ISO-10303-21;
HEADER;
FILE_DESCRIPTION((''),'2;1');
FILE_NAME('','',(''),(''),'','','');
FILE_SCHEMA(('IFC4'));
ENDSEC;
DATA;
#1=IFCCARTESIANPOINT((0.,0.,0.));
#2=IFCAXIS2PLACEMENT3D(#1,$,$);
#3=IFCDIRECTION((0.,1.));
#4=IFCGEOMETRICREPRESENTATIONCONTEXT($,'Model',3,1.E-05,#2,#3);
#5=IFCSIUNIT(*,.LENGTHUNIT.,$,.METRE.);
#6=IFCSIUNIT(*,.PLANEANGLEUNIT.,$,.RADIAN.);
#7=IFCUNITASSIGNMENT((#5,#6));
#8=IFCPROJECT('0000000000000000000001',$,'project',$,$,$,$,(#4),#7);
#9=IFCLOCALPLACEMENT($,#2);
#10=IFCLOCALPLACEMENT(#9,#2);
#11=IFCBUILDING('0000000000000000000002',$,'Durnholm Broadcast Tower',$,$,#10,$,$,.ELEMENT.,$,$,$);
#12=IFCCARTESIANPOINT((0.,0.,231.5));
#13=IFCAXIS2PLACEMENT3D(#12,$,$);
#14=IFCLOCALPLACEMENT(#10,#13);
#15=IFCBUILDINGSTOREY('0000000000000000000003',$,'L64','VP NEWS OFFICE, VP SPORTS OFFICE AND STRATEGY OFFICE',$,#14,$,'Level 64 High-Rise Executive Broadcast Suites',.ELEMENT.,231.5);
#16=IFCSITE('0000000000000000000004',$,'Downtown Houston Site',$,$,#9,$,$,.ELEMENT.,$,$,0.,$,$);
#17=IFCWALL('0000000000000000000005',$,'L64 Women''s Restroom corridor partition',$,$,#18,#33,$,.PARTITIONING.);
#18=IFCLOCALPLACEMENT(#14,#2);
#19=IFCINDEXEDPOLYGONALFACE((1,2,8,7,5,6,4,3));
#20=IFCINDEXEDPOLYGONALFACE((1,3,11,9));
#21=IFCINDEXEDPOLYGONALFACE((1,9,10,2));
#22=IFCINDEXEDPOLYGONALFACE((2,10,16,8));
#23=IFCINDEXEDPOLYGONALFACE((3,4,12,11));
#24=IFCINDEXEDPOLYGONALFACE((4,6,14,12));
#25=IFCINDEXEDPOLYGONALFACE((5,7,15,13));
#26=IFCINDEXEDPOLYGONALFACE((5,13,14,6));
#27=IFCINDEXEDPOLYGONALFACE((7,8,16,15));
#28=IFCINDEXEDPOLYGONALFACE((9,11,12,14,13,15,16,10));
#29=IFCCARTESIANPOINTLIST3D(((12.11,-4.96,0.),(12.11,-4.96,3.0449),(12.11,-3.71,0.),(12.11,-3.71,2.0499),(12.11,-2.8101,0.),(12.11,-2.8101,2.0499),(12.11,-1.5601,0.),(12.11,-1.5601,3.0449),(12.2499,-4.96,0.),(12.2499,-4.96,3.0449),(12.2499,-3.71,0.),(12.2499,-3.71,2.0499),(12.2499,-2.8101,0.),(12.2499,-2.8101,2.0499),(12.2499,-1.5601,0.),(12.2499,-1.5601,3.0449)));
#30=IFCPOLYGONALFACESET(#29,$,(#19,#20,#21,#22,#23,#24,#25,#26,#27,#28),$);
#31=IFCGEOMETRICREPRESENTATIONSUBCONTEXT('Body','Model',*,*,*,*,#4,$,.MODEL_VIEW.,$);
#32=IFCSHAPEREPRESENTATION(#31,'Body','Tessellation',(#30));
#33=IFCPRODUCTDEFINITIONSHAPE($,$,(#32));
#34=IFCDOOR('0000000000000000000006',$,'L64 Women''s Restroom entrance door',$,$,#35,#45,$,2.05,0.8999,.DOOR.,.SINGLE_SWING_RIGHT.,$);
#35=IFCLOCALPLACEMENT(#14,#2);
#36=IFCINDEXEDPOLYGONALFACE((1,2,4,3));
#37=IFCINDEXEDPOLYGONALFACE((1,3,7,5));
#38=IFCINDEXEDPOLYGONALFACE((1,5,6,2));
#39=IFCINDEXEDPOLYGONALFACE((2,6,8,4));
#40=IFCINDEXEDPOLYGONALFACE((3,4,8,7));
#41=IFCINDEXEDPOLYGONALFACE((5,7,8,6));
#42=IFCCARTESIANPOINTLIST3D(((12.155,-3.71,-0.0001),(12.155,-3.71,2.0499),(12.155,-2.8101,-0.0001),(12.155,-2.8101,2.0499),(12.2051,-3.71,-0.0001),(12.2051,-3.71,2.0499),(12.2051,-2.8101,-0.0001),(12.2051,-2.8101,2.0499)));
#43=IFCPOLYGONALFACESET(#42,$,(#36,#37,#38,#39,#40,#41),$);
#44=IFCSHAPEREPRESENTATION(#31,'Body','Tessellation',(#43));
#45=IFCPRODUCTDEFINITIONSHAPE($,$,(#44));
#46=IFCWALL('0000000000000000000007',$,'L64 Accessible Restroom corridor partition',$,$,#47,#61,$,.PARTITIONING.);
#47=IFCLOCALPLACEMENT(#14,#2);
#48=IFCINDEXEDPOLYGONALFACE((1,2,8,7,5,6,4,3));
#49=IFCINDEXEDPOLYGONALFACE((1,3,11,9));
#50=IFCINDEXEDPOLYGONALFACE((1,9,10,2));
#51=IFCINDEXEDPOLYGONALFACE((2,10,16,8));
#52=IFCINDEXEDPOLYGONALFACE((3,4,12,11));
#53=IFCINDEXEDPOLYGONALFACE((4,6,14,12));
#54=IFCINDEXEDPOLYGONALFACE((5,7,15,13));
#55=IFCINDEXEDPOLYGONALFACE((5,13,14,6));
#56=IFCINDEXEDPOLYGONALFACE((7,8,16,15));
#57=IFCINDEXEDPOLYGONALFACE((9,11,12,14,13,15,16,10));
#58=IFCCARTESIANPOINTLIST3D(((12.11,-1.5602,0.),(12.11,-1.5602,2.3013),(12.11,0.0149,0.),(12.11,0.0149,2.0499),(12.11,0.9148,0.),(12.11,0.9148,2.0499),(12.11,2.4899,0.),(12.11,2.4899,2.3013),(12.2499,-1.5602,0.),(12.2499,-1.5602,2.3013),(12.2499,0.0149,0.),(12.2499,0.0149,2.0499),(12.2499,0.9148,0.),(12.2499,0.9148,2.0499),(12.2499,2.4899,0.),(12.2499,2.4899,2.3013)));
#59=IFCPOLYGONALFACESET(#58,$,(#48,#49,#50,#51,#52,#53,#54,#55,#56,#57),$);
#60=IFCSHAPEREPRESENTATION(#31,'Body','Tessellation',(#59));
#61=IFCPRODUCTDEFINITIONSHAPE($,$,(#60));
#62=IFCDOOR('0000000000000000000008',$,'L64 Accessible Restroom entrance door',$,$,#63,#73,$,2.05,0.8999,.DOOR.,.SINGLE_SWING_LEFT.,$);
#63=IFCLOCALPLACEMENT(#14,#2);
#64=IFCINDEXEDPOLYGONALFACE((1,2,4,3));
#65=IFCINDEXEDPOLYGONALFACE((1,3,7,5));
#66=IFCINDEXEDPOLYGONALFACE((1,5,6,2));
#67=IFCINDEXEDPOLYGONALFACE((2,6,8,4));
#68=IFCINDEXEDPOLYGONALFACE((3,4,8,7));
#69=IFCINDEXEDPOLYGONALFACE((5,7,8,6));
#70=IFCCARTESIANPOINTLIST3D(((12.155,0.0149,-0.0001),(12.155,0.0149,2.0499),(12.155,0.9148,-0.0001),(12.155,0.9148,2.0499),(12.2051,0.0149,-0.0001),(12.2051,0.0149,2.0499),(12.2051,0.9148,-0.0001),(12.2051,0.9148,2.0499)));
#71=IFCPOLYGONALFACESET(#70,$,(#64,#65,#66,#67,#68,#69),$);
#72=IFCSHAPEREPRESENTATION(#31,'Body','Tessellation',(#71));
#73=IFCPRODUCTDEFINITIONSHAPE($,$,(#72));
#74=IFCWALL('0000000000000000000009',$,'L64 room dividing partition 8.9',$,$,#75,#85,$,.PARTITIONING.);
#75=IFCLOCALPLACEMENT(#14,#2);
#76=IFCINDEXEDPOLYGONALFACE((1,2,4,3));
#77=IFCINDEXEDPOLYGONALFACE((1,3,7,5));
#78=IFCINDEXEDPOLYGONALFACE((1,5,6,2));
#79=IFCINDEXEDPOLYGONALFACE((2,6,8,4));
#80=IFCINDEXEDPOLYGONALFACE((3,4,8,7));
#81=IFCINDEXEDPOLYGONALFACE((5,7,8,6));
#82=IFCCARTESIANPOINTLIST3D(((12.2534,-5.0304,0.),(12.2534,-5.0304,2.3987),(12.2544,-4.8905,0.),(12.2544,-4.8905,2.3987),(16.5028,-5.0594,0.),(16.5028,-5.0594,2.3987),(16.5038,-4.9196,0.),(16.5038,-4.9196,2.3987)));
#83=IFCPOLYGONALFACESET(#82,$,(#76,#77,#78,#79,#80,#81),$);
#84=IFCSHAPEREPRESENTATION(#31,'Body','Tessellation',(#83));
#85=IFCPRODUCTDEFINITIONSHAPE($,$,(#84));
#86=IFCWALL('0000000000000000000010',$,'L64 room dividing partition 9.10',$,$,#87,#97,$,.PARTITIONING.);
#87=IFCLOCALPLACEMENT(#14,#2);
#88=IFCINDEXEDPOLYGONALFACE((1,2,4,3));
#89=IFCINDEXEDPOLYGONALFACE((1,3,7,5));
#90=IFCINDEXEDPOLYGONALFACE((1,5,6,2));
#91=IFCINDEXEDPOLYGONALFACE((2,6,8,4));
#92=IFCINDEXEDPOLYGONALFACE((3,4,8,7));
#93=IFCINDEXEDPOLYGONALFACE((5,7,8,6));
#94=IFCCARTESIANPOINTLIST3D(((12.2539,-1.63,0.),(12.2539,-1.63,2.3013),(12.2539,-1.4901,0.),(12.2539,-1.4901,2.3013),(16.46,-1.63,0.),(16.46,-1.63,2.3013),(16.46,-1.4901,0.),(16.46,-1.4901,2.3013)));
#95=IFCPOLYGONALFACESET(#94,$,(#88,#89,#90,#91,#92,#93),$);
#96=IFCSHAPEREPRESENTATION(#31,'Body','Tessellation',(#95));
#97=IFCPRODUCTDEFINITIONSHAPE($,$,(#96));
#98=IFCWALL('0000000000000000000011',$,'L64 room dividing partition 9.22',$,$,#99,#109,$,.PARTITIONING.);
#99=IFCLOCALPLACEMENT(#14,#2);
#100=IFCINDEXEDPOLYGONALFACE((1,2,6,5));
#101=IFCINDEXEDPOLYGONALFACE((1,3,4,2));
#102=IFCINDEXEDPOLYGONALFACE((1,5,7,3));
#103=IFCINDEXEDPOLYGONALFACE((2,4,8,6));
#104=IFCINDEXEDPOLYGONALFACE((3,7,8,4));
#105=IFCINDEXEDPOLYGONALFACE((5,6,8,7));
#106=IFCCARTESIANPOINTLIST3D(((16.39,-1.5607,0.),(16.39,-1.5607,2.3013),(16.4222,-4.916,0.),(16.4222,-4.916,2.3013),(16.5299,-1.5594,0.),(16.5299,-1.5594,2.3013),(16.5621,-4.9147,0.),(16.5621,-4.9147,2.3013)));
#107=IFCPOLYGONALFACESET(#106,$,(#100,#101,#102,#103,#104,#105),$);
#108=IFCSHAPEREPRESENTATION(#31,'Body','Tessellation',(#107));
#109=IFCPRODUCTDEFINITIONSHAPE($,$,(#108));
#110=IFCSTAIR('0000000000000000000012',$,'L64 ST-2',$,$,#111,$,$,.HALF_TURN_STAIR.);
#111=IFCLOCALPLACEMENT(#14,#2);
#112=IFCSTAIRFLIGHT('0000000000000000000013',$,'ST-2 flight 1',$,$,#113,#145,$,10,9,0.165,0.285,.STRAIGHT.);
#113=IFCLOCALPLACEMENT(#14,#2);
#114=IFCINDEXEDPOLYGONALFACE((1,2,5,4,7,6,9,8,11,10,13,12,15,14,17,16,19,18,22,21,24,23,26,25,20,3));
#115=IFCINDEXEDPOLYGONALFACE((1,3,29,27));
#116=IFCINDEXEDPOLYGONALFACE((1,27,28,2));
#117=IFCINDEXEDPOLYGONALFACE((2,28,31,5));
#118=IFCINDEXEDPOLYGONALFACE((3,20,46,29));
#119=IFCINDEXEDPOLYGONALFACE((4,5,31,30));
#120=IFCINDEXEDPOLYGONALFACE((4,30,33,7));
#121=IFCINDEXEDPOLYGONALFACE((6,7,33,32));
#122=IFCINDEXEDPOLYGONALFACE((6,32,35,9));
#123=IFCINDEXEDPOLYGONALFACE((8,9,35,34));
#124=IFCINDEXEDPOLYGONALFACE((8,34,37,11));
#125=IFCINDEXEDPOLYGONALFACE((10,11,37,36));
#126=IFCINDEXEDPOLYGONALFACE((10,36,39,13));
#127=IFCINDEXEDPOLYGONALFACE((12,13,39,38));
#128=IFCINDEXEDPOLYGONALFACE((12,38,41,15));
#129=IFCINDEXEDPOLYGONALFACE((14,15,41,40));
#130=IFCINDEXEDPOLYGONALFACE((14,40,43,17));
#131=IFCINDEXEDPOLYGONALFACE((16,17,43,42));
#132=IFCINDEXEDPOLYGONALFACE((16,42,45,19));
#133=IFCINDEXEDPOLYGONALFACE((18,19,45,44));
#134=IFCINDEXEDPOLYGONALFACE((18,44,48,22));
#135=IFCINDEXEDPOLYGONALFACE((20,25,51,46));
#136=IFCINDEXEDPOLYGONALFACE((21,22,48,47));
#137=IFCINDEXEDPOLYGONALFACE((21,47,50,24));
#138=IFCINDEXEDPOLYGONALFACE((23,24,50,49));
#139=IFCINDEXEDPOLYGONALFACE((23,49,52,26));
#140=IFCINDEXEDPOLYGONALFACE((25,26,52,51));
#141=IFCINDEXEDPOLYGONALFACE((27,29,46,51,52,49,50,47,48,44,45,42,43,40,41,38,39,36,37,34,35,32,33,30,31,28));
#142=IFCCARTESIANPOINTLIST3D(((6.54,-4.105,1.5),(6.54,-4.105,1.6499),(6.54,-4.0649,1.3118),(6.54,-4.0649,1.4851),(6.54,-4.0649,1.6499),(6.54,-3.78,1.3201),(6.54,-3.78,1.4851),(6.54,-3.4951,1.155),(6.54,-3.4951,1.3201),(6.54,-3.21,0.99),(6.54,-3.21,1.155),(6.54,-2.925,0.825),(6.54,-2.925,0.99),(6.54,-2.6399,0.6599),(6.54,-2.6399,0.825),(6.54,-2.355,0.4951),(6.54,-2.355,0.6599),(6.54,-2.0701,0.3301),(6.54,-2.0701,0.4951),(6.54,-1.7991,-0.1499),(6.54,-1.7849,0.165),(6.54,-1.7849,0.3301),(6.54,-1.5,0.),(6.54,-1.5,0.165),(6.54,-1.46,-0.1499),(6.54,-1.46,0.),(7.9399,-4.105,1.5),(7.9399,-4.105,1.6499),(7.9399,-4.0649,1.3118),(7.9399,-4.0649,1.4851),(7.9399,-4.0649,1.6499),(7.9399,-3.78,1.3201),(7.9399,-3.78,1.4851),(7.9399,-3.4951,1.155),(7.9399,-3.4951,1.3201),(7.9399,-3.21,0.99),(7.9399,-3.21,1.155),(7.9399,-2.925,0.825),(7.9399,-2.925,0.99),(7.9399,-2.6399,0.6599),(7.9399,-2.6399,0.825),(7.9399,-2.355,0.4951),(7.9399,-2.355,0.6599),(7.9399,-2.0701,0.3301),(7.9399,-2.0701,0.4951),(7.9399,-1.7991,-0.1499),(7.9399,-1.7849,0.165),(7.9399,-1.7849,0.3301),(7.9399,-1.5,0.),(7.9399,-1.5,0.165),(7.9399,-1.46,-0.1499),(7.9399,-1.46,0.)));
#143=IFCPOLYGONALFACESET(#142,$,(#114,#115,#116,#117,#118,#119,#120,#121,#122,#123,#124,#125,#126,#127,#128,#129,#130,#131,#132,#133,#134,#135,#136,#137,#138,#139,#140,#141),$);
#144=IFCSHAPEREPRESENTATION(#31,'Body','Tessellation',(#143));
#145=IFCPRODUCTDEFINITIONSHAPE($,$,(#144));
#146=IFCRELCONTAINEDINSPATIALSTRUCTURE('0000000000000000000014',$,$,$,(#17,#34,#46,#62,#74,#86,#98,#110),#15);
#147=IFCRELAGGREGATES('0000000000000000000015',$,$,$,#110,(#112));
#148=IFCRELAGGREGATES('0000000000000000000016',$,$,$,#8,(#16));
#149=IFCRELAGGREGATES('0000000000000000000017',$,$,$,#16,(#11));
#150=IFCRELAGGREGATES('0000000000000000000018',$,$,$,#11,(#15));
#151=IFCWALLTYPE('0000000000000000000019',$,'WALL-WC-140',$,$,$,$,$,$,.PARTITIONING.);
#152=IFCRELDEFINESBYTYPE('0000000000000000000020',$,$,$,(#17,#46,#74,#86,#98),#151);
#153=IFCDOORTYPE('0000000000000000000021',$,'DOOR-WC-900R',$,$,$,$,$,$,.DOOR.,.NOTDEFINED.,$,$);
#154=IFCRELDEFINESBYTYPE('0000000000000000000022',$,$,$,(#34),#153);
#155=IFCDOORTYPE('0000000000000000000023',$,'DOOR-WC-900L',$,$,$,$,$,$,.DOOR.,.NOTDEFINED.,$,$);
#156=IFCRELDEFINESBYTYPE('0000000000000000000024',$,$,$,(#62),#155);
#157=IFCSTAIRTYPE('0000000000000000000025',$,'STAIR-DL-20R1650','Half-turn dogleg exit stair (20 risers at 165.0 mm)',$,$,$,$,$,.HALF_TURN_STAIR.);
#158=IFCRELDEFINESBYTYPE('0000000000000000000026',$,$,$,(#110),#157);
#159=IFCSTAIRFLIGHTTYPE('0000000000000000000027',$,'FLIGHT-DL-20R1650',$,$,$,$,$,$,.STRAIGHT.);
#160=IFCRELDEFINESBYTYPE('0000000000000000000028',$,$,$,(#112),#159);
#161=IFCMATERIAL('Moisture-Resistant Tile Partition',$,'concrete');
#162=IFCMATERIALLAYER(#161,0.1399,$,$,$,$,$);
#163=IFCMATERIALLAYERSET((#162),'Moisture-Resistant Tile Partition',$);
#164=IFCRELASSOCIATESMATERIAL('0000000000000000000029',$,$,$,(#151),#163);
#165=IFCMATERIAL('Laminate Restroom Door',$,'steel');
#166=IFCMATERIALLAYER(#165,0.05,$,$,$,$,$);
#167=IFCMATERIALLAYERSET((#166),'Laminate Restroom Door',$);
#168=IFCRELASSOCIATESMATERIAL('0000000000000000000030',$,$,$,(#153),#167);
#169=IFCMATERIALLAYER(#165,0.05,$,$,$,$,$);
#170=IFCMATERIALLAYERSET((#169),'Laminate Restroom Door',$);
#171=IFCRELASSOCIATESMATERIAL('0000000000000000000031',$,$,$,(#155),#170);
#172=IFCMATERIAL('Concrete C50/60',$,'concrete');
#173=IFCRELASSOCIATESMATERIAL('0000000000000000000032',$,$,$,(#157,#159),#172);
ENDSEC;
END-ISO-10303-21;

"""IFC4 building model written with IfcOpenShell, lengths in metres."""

from ifc_helpers import new_model, si_unit, direction, frame, frame_2d, origin, place, context, subcontext, project, spatial, polyline, rectangle, outline, extrude, source, transform, mapped, material, layer, layer_set, type_object, type_shapes, element, fill, aggregate, save


model = new_model("IFC4")

# Units and contexts
model_context = context("Model", 3, precision=1e-05, world=origin(), true_north=direction((0.0, 1.0)))
body_context = subcontext(model_context, "Body", "Model", "MODEL_VIEW")
ifc_project = project(units=[si_unit("LENGTHUNIT", "METRE"), si_unit("PLANEANGLEUNIT", "RADIAN")], contexts=[model_context])

# Site, building, storey
site_placement = place(None, origin())
site = spatial("IfcSite", under=ifc_project, at=site_placement, Name="Downtown Houston Site", CompositionType="ELEMENT", RefElevation=0.0)
building_placement = place(site_placement, origin())
building = spatial("IfcBuilding", under=site, at=building_placement, Name="Durnholm Broadcast Tower", CompositionType="ELEMENT")
storey_placement = place(building_placement, frame((0.0, 0.0, 231.5)))
storey = spatial("IfcBuildingStorey", under=building, at=storey_placement, Name="L64", Description="VP NEWS OFFICE, VP SPORTS OFFICE AND STRATEGY OFFICE", LongName="Level 64 High-Rise Executive Broadcast Suites", CompositionType="ELEMENT", Elevation=231.5)

# Shared definitions
ifc_material_1 = material(Name="Concrete C50/60", Category="concrete")

# Walls, openings, doors
ifc_material_2 = material(Name="Moisture-Resistant Tile Partition", Category="concrete")
ifc_layer_1 = layer(ifc_material_2, 0.1399)
ifc_layer_set_1 = layer_set([ifc_layer_1], Name="Moisture-Resistant Tile Partition")
wall_type_1 = type_object("IfcWallType", Name="WALL-WC-140", PredefinedType="PARTITIONING", material=ifc_layer_set_1)
wall_1_placement = place(storey_placement, frame((12.1799, -4.96, 0.0), z_axis=(0.0, 0.0, 1.0), x_axis=(0.0, 1.0, 0.0)))
wall_1 = element("IfcWall", 1, at=wall_1_placement, inside=storey, type_object=wall_type_1, Name="L64 Women's Restroom corridor partition", PredefinedType="PARTITIONING", context=body_context, shape_type="SweptSolid", body=[
    extrude(rectangle(XDim=3.3999, YDim=0.1399, at=frame_2d((1.7, 0.0))), origin(), (0.0, 0.0, 1.0), 3.0449),
])
opening_1_placement = place(wall_1_placement, frame((1.25, 0.0, 0.0)))
opening_1 = element("IfcOpeningElement", 2, at=opening_1_placement, cuts=wall_1, PredefinedType="OPENING", context=body_context, shape_type="SweptSolid", body=[
    extrude(rectangle(XDim=0.8999, YDim=2.05, at=frame_2d((0.45, 1.0249))), frame((0.0, 0.0801, 0.0), z_axis=(0.0, -1.0, 0.0), x_axis=(1.0, 0.0, 0.0)), (0.0, 0.0, 1.0), 0.1599),
])
ifc_material_3 = material(Name="Laminate Restroom Door", Category="steel")
ifc_layer_2 = layer(ifc_material_3, 0.05)
ifc_layer_set_2 = layer_set([ifc_layer_2], Name="Laminate Restroom Door")
door_type_1 = type_object("IfcDoorType", Name="DOOR-WC-900R", OperationType="NOTDEFINED", PredefinedType="DOOR", material=ifc_layer_set_2)
shared_shape_1 = source(origin(), body_context, "Body", "SweptSolid", [
    extrude(rectangle(XDim=0.8999, YDim=2.05, at=frame_2d((0.45, 1.0249))), frame((0.0, 0.0249, 0.0), z_axis=(0.0, -1.0, 0.0), x_axis=(1.0, 0.0, 0.0)), (0.0, 0.0, 1.0), 0.05),
])
type_shapes(door_type_1, [shared_shape_1])
door_1_placement = place(opening_1_placement, origin())
door_1 = element("IfcDoor", 3, at=door_1_placement, inside=storey, type_object=door_type_1, Name="L64 Women's Restroom entrance door", OperationType="SINGLE_SWING_RIGHT", OverallHeight=2.05, OverallWidth=0.8999, PredefinedType="DOOR", context=body_context, shape_type="MappedRepresentation", body=[
    mapped(shared_shape_1, transform((0.0, 0.0, 0.0), x_axis=(1.0, 0.0, 0.0), y_axis=(0.0, 1.0, 0.0), z_axis=(0.0, 0.0, 1.0), scale=1.0)),
])
fill(opening_1, door_1)
wall_2_placement = place(storey_placement, frame((12.1799, -1.5601, 0.0), z_axis=(0.0, 0.0, 1.0), x_axis=(0.0, 1.0, 0.0)))
wall_2 = element("IfcWall", 4, at=wall_2_placement, inside=storey, type_object=wall_type_1, Name="L64 Accessible Restroom corridor partition", PredefinedType="PARTITIONING", context=body_context, shape_type="SweptSolid", body=[
    extrude(rectangle(XDim=4.05, YDim=0.1399, at=frame_2d((2.0249, 0.0))), origin(), (0.0, 0.0, 1.0), 2.3013),
])
opening_2_placement = place(wall_2_placement, frame((1.575, 0.0, 0.0)))
opening_2 = element("IfcOpeningElement", 5, at=opening_2_placement, cuts=wall_2, PredefinedType="OPENING", context=body_context, shape_type="SweptSolid", body=[
    extrude(rectangle(XDim=0.8999, YDim=2.05, at=frame_2d((0.45, 1.0249))), frame((0.0, 0.0801, 0.0), z_axis=(0.0, -1.0, 0.0), x_axis=(1.0, 0.0, 0.0)), (0.0, 0.0, 1.0), 0.1599),
])
ifc_layer_3 = layer(ifc_material_3, 0.05)
ifc_layer_set_3 = layer_set([ifc_layer_3], Name="Laminate Restroom Door")
door_type_2 = type_object("IfcDoorType", Name="DOOR-WC-900L", OperationType="NOTDEFINED", PredefinedType="DOOR", material=ifc_layer_set_3)
shared_shape_2 = source(origin(), body_context, "Body", "SweptSolid", [
    extrude(rectangle(XDim=0.8999, YDim=2.05, at=frame_2d((0.45, 1.0249))), frame((0.0, 0.0249, 0.0), z_axis=(0.0, -1.0, 0.0), x_axis=(1.0, 0.0, 0.0)), (0.0, 0.0, 1.0), 0.05),
])
type_shapes(door_type_2, [shared_shape_2])
door_2_placement = place(opening_2_placement, origin())
door_2 = element("IfcDoor", 6, at=door_2_placement, inside=storey, type_object=door_type_2, Name="L64 Accessible Restroom entrance door", OperationType="SINGLE_SWING_LEFT", OverallHeight=2.05, OverallWidth=0.8999, PredefinedType="DOOR", context=body_context, shape_type="MappedRepresentation", body=[
    mapped(shared_shape_2, transform((0.0, 0.0, 0.0), x_axis=(1.0, 0.0, 0.0), y_axis=(0.0, 1.0, 0.0), z_axis=(0.0, 0.0, 1.0), scale=1.0)),
])
fill(opening_2, door_2)

# Walls
wall_3_placement = place(storey_placement, frame((12.2539, -4.9604, 0.0), z_axis=(0.0, 0.0, 1.0), x_axis=(0.999977, -0.006837, 0.0)))
element("IfcWall", 7, at=wall_3_placement, inside=storey, type_object=wall_type_1, Name="L64 room dividing partition 8.9", PredefinedType="PARTITIONING", context=body_context, shape_type="SweptSolid", body=[
    extrude(rectangle(XDim=4.2495, YDim=0.1399, at=frame_2d((2.1248, 0.0))), origin(), (0.0, 0.0, 1.0), 2.3987),
])
wall_4_placement = place(storey_placement, frame((12.2539, -1.5601, 0.0), z_axis=(0.0, 0.0, 1.0), x_axis=(1.0, 0.0, 0.0)))
element("IfcWall", 8, at=wall_4_placement, inside=storey, type_object=wall_type_1, Name="L64 room dividing partition 9.10", PredefinedType="PARTITIONING", context=body_context, shape_type="SweptSolid", body=[
    extrude(rectangle(XDim=4.2061, YDim=0.1399, at=frame_2d((2.103, 0.0))), origin(), (0.0, 0.0, 1.0), 2.3013),
])
wall_5_placement = place(storey_placement, frame((16.46, -1.5601, 0.0), z_axis=(0.0, 0.0, 1.0), x_axis=(0.009604, -0.999954, 0.0)))
element("IfcWall", 9, at=wall_5_placement, inside=storey, type_object=wall_type_1, Name="L64 room dividing partition 9.22", PredefinedType="PARTITIONING", context=body_context, shape_type="SweptSolid", body=[
    extrude(rectangle(XDim=3.3555, YDim=0.1399, at=frame_2d((1.6777, 0.0))), origin(), (0.0, 0.0, 1.0), 2.3013),
])

# Stair, stair flight
stair_type = type_object("IfcStairType", Name="STAIR-DL-20R1650", Description="Half-turn dogleg exit stair (20 risers at 165.0 mm)", PredefinedType="HALF_TURN_STAIR", material=ifc_material_1)
stair_placement = place(storey_placement, origin())
stair = element("IfcStair", 10, at=stair_placement, inside=storey, type_object=stair_type, Name="L64 ST-2", PredefinedType="HALF_TURN_STAIR")
stair_flight_type = type_object("IfcStairFlightType", Name="FLIGHT-DL-20R1650", PredefinedType="STRAIGHT", material=ifc_material_1)
stair_flight_1_placement = place(storey_placement, frame((7.24, -1.5, 0.0), z_axis=(0.0, 0.0, 1.0), x_axis=(0.0, -1.0, 0.0)))
stair_flight_1 = element("IfcStairFlight", 11, at=stair_flight_1_placement, type_object=stair_flight_type, Name="ST-2 flight 1", NumberOfRisers=10, NumberOfTreads=9, PredefinedType="STRAIGHT", RiserHeight=0.165, TreadLength=0.285, context=body_context, shape_type="SweptSolid", body=[
    extrude(outline(polyline([(-0.04, -0.1499), (-0.04, 0.0), (0.0, 0.0), (0.0, 0.165), (0.2849, 0.165), (0.2849, 0.3301), (0.5701, 0.3301), (0.5701, 0.4951), (0.855, 0.4951), (0.855, 0.6599), (1.1399, 0.6599), (1.1399, 0.825), (1.425, 0.825), (1.425, 0.99), (1.71, 0.99), (1.71, 1.155), (1.9951, 1.155), (1.9951, 1.3201), (2.28, 1.3201), (2.28, 1.4851), (2.5649, 1.4851), (2.5649, 1.6499), (2.605, 1.6499), (2.605, 1.5), (2.5649, 1.3118), (0.2991, -0.1499), (-0.04, -0.1499)])), frame((0.0, 0.7, 0.0), z_axis=(0.0, -1.0, 0.0), x_axis=(1.0, 0.0, 0.0)), (0.0, 0.0, 1.0), 1.3999),
])
aggregate(stair, [stair_flight_1])

save(model, "model.ifc")
